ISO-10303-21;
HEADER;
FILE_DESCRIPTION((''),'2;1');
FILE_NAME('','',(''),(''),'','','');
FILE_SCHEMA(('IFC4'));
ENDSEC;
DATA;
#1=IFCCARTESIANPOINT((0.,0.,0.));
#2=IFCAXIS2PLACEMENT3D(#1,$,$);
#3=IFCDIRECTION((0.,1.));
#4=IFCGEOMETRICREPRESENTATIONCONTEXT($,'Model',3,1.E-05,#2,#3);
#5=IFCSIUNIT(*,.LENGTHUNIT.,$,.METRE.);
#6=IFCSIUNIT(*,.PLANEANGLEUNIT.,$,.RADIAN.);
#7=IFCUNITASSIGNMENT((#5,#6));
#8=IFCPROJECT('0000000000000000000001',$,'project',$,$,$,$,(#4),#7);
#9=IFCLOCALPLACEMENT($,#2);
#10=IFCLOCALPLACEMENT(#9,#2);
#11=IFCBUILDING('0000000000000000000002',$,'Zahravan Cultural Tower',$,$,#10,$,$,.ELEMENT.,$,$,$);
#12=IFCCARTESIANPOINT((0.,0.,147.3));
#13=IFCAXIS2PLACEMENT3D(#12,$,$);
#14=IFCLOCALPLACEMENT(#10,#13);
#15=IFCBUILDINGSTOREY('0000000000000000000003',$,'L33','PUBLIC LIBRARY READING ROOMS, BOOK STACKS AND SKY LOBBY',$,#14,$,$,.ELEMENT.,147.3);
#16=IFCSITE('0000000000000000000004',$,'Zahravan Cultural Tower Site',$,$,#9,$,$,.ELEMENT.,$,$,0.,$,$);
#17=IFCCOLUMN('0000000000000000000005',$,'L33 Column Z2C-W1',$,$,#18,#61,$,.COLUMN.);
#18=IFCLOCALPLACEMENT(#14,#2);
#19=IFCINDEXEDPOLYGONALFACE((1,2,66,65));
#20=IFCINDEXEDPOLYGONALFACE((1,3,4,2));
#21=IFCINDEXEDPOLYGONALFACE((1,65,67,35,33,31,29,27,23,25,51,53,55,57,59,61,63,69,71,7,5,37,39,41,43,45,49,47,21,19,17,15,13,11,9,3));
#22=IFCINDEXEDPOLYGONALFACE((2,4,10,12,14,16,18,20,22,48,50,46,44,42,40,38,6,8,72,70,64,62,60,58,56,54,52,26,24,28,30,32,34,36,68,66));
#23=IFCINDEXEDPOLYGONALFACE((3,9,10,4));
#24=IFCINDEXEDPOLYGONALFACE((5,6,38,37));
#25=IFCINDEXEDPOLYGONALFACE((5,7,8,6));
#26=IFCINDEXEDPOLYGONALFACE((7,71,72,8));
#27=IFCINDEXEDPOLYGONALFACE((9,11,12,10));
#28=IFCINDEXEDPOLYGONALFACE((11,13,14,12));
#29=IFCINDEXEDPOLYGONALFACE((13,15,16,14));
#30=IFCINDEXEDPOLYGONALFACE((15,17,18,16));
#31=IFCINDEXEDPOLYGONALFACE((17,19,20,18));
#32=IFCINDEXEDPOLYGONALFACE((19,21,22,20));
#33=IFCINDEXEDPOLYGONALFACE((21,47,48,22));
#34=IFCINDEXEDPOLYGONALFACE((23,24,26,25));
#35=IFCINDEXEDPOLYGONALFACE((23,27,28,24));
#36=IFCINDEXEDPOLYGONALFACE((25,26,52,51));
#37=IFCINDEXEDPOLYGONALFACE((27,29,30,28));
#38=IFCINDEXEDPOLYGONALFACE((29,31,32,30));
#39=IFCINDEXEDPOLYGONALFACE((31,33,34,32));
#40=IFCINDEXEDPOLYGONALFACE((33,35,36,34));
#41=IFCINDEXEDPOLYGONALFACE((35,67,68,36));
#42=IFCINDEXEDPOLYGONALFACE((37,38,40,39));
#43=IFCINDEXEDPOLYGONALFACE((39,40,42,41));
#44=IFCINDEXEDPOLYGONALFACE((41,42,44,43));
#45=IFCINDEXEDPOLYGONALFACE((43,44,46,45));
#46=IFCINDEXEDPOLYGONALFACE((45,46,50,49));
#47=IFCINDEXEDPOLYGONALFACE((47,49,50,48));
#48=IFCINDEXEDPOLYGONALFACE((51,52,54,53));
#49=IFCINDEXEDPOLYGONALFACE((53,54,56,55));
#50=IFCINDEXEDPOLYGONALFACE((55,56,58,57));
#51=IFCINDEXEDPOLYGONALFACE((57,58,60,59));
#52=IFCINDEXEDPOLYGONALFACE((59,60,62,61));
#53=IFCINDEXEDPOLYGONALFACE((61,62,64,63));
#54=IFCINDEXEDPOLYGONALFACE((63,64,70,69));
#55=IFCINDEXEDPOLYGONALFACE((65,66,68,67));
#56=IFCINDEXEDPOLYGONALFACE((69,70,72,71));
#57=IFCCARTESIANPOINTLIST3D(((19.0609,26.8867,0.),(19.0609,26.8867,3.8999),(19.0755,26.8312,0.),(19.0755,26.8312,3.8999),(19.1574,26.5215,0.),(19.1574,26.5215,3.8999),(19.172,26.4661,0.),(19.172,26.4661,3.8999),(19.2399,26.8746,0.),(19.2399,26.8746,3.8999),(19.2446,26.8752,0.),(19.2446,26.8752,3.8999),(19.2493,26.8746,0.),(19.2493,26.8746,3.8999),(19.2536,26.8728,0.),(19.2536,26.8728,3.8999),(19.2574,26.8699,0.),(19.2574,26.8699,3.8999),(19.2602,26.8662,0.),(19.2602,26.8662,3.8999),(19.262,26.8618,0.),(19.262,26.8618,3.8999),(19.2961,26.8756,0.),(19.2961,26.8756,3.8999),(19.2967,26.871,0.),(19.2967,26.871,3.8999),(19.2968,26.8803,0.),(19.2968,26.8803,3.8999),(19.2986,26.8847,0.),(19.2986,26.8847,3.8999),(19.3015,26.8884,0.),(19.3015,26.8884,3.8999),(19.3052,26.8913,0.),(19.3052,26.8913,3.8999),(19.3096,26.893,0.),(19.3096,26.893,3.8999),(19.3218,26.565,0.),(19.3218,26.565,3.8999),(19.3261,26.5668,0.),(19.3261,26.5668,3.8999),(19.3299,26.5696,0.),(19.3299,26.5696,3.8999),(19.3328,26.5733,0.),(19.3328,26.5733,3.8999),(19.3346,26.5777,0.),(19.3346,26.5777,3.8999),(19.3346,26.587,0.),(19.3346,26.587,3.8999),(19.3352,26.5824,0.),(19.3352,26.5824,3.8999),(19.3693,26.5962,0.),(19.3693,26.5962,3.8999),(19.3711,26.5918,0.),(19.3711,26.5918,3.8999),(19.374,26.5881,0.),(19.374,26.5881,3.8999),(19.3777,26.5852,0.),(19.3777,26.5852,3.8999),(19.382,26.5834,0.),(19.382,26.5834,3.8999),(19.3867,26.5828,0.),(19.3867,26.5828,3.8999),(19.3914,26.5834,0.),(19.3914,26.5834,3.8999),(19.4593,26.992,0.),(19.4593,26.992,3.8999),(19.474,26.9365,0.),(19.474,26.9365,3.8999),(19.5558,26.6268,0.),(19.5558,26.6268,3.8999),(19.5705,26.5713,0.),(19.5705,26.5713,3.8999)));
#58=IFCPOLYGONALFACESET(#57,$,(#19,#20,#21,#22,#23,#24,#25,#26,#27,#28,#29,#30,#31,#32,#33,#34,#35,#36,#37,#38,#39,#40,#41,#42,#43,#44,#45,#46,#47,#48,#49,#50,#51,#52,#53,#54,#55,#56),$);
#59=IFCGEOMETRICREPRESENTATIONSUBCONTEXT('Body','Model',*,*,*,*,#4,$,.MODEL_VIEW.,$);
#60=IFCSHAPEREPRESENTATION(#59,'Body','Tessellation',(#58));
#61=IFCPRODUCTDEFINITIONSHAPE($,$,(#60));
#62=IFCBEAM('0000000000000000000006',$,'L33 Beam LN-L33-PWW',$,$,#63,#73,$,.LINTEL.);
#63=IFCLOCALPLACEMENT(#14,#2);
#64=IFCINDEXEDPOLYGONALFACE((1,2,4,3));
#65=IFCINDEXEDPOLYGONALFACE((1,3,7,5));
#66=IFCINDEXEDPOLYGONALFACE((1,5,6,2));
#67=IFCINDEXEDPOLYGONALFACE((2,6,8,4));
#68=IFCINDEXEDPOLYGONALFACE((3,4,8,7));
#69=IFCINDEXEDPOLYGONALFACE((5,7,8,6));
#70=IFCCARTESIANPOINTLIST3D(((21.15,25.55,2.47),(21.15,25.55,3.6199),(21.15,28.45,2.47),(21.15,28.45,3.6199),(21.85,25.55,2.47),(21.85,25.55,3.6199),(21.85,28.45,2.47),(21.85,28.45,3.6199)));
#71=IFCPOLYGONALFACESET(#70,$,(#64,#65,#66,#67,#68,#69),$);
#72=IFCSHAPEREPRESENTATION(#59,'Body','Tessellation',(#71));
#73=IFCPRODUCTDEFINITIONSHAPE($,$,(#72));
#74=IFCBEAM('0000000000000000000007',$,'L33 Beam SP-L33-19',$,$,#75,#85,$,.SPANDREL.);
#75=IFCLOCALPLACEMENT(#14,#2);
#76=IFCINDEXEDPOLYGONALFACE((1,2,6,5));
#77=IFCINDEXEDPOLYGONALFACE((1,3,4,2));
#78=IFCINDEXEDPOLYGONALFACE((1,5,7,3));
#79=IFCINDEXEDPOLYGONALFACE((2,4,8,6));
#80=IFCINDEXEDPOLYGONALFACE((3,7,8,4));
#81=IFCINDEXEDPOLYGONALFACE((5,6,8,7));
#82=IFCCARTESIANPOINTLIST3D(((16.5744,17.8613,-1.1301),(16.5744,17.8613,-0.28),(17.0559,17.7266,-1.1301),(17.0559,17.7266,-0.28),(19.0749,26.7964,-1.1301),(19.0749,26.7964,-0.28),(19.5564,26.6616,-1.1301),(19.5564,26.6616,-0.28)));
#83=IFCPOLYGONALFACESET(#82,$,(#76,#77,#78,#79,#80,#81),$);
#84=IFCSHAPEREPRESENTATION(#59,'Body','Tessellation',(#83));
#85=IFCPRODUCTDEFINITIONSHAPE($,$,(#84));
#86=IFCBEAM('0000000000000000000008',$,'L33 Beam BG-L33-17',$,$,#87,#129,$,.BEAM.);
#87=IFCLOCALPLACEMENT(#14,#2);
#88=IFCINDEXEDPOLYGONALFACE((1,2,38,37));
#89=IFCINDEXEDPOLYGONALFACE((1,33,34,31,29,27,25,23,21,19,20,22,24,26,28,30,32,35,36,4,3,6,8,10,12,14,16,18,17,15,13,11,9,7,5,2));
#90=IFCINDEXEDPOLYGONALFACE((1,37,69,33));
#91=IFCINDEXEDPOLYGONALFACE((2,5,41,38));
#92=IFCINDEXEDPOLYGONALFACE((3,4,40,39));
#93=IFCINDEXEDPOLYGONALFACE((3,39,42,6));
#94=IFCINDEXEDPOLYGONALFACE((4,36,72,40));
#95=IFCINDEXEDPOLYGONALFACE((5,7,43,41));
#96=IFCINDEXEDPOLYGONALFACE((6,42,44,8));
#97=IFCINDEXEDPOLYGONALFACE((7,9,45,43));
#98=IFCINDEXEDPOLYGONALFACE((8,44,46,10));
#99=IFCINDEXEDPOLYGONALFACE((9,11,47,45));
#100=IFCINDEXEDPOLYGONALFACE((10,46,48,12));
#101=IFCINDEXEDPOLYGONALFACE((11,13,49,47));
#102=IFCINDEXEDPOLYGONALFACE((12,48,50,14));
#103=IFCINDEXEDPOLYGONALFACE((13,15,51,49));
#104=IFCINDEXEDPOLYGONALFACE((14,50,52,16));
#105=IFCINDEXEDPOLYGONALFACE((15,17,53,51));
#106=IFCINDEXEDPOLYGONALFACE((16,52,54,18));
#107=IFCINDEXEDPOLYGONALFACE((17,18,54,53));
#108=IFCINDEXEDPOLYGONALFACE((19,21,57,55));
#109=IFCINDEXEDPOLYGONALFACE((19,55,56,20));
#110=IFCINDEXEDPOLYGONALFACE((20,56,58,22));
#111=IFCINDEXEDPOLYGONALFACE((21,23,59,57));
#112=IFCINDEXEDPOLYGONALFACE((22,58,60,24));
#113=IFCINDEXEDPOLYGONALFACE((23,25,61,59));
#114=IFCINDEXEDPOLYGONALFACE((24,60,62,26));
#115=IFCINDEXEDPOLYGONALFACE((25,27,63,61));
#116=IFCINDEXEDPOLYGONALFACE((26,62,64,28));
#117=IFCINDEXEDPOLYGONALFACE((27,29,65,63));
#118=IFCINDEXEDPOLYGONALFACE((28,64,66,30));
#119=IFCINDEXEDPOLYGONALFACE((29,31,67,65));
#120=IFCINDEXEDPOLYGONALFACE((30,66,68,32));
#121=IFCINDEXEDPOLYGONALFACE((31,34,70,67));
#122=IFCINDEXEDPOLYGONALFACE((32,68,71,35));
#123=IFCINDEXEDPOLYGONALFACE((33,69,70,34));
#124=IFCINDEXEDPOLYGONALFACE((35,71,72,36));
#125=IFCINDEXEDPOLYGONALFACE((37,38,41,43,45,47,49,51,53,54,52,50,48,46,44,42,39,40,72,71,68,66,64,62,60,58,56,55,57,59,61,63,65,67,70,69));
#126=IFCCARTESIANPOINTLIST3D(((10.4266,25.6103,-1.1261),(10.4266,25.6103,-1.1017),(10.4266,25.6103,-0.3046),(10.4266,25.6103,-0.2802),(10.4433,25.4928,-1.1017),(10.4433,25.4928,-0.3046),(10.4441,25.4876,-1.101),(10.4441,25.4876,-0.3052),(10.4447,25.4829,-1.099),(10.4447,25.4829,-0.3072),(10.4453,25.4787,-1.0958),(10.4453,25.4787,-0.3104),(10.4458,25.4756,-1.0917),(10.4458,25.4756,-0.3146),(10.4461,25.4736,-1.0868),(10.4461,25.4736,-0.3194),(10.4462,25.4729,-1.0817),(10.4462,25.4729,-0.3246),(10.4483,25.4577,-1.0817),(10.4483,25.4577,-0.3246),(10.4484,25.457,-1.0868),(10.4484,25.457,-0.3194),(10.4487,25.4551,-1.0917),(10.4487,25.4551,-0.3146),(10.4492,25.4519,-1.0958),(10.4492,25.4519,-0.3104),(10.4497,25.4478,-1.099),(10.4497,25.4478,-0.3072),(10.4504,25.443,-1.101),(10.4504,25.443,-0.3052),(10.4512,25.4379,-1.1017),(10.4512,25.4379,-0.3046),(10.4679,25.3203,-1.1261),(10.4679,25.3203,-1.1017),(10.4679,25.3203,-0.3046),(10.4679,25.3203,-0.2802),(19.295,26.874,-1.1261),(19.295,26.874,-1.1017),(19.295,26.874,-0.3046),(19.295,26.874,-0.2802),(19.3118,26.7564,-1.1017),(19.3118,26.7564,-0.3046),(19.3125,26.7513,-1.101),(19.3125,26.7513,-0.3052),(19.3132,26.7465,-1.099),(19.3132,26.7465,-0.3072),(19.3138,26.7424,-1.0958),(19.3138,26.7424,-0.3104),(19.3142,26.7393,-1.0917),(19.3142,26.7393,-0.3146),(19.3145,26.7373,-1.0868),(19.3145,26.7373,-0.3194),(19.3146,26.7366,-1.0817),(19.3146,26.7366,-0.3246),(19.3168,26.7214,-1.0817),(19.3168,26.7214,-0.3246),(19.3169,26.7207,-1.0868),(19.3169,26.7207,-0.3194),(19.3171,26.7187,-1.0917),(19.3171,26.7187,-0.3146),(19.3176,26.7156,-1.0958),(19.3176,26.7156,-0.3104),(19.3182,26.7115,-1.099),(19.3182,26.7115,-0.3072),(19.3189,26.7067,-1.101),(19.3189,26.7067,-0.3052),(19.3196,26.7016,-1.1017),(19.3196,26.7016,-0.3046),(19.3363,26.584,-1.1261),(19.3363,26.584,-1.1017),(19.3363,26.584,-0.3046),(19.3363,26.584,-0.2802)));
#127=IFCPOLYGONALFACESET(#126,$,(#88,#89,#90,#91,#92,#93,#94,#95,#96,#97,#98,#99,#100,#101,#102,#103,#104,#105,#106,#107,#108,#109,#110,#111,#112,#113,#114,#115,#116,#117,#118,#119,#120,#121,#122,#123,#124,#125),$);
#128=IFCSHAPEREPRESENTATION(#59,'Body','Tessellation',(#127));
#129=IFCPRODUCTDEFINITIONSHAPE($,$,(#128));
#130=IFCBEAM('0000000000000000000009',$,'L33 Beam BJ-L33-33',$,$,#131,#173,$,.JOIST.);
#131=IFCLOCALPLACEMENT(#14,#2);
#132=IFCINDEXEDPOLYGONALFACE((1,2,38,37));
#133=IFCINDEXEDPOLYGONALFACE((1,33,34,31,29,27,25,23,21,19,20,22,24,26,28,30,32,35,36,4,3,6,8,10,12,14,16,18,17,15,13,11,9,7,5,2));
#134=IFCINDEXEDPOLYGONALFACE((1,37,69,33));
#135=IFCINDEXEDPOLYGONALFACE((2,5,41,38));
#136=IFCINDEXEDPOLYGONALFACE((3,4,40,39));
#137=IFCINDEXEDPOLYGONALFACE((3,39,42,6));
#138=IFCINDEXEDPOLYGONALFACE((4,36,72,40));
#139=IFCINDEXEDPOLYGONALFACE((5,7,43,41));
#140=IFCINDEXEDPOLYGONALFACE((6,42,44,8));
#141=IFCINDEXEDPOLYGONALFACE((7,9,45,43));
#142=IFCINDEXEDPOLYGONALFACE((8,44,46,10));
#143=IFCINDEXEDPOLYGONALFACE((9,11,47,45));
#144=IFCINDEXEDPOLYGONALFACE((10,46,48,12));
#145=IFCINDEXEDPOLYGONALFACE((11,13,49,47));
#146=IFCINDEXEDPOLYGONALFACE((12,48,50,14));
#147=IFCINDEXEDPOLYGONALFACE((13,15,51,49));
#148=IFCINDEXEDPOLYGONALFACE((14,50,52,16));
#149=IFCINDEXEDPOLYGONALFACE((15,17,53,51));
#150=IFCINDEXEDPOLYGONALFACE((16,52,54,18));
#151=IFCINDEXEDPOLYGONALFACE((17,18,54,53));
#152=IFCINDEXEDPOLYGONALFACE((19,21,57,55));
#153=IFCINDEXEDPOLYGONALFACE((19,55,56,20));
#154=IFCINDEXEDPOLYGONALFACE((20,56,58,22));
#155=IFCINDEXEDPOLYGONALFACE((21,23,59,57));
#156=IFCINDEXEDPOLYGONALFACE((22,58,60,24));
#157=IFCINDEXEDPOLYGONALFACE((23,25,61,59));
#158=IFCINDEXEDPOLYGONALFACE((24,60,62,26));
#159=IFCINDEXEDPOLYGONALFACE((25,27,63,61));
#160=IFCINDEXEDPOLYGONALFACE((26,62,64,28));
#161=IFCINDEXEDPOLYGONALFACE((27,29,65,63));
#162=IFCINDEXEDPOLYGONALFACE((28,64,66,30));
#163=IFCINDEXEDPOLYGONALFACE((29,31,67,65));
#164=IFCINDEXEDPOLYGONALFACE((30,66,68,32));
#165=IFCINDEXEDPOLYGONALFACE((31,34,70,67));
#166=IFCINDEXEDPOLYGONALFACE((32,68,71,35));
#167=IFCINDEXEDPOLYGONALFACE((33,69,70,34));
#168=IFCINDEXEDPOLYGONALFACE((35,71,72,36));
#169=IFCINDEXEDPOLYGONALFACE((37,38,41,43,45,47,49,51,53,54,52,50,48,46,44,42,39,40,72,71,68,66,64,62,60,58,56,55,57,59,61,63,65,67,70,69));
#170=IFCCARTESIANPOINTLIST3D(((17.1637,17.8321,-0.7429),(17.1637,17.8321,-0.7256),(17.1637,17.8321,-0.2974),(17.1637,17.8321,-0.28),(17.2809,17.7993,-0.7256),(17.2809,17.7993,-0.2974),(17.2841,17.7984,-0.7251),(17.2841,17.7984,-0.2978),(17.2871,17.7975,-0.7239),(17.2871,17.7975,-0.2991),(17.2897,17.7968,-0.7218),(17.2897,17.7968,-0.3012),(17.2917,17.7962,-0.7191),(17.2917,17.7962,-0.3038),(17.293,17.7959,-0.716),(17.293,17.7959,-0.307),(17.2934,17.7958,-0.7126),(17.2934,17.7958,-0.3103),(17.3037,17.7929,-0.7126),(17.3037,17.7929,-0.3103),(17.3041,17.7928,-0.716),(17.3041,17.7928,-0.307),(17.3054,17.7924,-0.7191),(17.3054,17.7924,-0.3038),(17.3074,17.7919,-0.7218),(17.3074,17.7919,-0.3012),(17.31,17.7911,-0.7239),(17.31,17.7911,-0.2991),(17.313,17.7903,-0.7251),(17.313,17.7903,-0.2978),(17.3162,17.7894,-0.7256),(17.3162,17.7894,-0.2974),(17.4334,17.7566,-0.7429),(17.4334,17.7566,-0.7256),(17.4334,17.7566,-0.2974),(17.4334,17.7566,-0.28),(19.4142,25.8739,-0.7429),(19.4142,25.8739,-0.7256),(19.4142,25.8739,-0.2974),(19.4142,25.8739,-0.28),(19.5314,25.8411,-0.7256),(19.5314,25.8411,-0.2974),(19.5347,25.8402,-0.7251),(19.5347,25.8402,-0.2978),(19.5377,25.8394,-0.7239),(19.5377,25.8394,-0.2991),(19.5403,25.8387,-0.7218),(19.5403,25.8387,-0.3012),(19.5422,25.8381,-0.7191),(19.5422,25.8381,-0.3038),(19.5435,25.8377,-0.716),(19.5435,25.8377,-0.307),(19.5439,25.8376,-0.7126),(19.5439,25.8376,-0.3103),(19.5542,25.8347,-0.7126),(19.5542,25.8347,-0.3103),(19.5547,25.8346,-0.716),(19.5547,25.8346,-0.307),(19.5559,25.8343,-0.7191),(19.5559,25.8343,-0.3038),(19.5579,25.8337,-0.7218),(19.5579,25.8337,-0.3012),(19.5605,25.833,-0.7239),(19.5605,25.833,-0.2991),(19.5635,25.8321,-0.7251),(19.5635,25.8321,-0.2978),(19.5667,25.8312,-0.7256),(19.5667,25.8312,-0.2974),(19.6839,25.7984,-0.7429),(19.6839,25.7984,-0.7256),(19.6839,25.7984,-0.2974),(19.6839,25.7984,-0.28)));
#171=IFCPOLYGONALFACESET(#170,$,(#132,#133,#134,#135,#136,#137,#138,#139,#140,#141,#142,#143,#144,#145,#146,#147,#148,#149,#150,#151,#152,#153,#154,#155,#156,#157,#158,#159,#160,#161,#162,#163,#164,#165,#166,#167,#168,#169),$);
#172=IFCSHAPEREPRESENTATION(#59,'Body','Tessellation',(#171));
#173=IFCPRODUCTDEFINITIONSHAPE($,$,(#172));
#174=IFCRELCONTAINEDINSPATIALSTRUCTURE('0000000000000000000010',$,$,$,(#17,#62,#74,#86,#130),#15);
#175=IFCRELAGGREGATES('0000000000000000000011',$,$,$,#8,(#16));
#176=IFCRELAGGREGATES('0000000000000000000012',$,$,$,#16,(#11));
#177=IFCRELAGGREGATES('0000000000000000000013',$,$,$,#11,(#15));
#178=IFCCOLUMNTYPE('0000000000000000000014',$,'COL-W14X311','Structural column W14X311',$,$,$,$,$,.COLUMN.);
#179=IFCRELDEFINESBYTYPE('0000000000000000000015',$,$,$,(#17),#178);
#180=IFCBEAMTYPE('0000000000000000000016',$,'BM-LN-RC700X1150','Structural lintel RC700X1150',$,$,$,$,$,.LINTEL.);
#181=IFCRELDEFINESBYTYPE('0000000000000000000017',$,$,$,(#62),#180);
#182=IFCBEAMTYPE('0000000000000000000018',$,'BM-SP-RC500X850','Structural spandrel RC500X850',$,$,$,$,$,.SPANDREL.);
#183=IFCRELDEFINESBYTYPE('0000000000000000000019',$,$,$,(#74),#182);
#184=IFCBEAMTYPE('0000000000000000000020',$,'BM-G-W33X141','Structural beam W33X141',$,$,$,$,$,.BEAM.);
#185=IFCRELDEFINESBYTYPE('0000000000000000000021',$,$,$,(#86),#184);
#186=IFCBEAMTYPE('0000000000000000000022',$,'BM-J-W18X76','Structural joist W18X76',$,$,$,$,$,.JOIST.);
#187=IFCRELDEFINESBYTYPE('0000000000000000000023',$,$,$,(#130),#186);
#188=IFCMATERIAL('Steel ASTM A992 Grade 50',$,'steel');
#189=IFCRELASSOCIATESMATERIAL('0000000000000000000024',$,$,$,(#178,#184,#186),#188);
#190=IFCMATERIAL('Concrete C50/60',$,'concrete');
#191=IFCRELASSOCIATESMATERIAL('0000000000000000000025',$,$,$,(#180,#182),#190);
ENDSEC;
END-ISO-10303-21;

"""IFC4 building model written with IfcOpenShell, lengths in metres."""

from ifc_helpers import new_model, si_unit, direction, frame, origin, origin_2d, place, context, subcontext, project, spatial, rectangle, i_section, extrude, source, transform, mapped, material, material_profile, profile_set, type_object, element, save


model = new_model("IFC4")

# Units and contexts
model_context = context("Model", 3, precision=1e-05, world=origin(), true_north=direction((0.0, 1.0)))
body_context = subcontext(model_context, "Body", "Model", "MODEL_VIEW")
ifc_project = project(units=[si_unit("LENGTHUNIT", "METRE"), si_unit("PLANEANGLEUNIT", "RADIAN")], contexts=[model_context])

# Site, building, storey
site_placement = place(None, origin())
site = spatial("IfcSite", under=ifc_project, at=site_placement, Name="Zahravan Cultural Tower Site", CompositionType="ELEMENT", RefElevation=0.0)
building_placement = place(site_placement, origin())
building = spatial("IfcBuilding", under=site, at=building_placement, Name="Zahravan Cultural Tower", CompositionType="ELEMENT")
storey_placement = place(building_placement, frame((0.0, 0.0, 147.3)))
storey = spatial("IfcBuildingStorey", under=building, at=storey_placement, Name="L33", Description="PUBLIC LIBRARY READING ROOMS, BOOK STACKS AND SKY LOBBY", CompositionType="ELEMENT", Elevation=147.3)

# Column
ifc_material_1 = material(Name="Steel ASTM A992 Grade 50", Category="steel")
ifc_material_profile_1 = material_profile(ifc_material_1, i_section(OverallWidth=0.4121, OverallDepth=0.4351, WebThickness=0.0359, FlangeThickness=0.0574, FilletRadius=0.0181, at=origin_2d()), Name="W14X311")
ifc_profile_set_1 = profile_set([ifc_material_profile_1], Name="Steel ASTM A992 Grade 50")
column_type = type_object("IfcColumnType", Name="COL-W14X311", Description="Structural column W14X311", PredefinedType="COLUMN", material=ifc_profile_set_1)
shared_shape_1 = source(origin(), body_context, "Body", "SweptSolid", [
    extrude(i_section(OverallWidth=0.4121, OverallDepth=0.4351, WebThickness=0.0359, FlangeThickness=0.0574, FilletRadius=0.0181, at=origin_2d()), origin(), (0.0, 0.0, 1.0), 3.8999),
])
column_placement = place(storey_placement, frame((19.3157, 26.729, 0.0), z_axis=(0.0, 0.0, 1.0), x_axis=(0.966823, 0.255446, 0.0)))
element("IfcColumn", 1, at=column_placement, inside=storey, type_object=column_type, Name="L33 Column Z2C-W1", PredefinedType="COLUMN", context=body_context, shape_type="MappedRepresentation", body=[
    mapped(shared_shape_1, transform((0.0, 0.0, 0.0), x_axis=(1.0, 0.0, 0.0), y_axis=(0.0, 1.0, 0.0), z_axis=(0.0, 0.0, 1.0), scale=1.0)),
])

# Beams
ifc_material_2 = material(Name="Concrete C50/60", Category="concrete")
ifc_material_profile_2 = material_profile(ifc_material_2, rectangle(XDim=0.7, YDim=1.1499, at=origin_2d()), Name="RC700X1150")
ifc_profile_set_2 = profile_set([ifc_material_profile_2], Name="Concrete C50/60")
beam_type_1 = type_object("IfcBeamType", Name="BM-LN-RC700X1150", Description="Structural lintel RC700X1150", PredefinedType="LINTEL", material=ifc_profile_set_2)
shared_shape_2 = source(origin(), body_context, "Body", "SweptSolid", [
    extrude(rectangle(XDim=0.7, YDim=1.1499, at=origin_2d()), origin(), (0.0, 0.0, 1.0), 2.8999),
])
beam_1_placement = place(storey_placement, frame((21.5, 25.55, 3.0449), z_axis=(0.0, 1.0, 0.0), x_axis=(-1.0, 0.0, 0.0)))
element("IfcBeam", 2, at=beam_1_placement, inside=storey, type_object=beam_type_1, Name="L33 Beam LN-L33-PWW", PredefinedType="LINTEL", context=body_context, shape_type="MappedRepresentation", body=[
    mapped(shared_shape_2, transform((0.0, 0.0, 0.0), x_axis=(1.0, 0.0, 0.0), y_axis=(0.0, 1.0, 0.0), z_axis=(0.0, 0.0, 1.0), scale=1.0)),
])
ifc_material_profile_3 = material_profile(ifc_material_2, rectangle(XDim=0.5, YDim=0.8501, at=origin_2d()), Name="RC500X850")
ifc_profile_set_3 = profile_set([ifc_material_profile_3], Name="Concrete C50/60")
beam_type_2 = type_object("IfcBeamType", Name="BM-SP-RC500X850", Description="Structural spandrel RC500X850", PredefinedType="SPANDREL", material=ifc_profile_set_3)
shared_shape_3 = source(origin(), body_context, "Body", "SweptSolid", [
    extrude(rectangle(XDim=0.5, YDim=0.8501, at=origin_2d()), origin(), (0.0, 0.0, 1.0), 9.2783),
])
beam_2_placement = place(storey_placement, frame((19.3157, 26.729, -0.7051), z_axis=(-0.269497, -0.963001, 0.0), x_axis=(0.963001, -0.269497, 0.0)))
element("IfcBeam", 3, at=beam_2_placement, inside=storey, type_object=beam_type_2, Name="L33 Beam SP-L33-19", PredefinedType="SPANDREL", context=body_context, shape_type="MappedRepresentation", body=[
    mapped(shared_shape_3, transform((0.0, 0.0, 0.0), x_axis=(1.0, 0.0, 0.0), y_axis=(0.0, 1.0, 0.0), z_axis=(0.0, 0.0, 1.0), scale=1.0)),
])
ifc_material_profile_4 = material_profile(ifc_material_1, i_section(OverallWidth=0.293, OverallDepth=0.8459, WebThickness=0.0154, FlangeThickness=0.0244, FilletRadius=0.02, at=origin_2d()), Name="W33X141")
ifc_profile_set_4 = profile_set([ifc_material_profile_4], Name="Steel ASTM A992 Grade 50")
beam_type_3 = type_object("IfcBeamType", Name="BM-G-W33X141", Description="Structural beam W33X141", PredefinedType="BEAM", material=ifc_profile_set_4)
shared_shape_4 = source(origin(), body_context, "Body", "SweptSolid", [
    extrude(i_section(OverallWidth=0.293, OverallDepth=0.8459, WebThickness=0.0154, FlangeThickness=0.0244, FilletRadius=0.02, at=origin_2d()), origin(), (0.0, 0.0, 1.0), 8.958),
])
beam_3_placement = place(storey_placement, frame((19.3157, 26.729, -0.7031), z_axis=(-0.99, -0.141067, 0.0), x_axis=(0.141067, -0.99, 0.0)))
element("IfcBeam", 4, at=beam_3_placement, inside=storey, type_object=beam_type_3, Name="L33 Beam BG-L33-17", PredefinedType="BEAM", context=body_context, shape_type="MappedRepresentation", body=[
    mapped(shared_shape_4, transform((0.0, 0.0, 0.0), x_axis=(1.0, 0.0, 0.0), y_axis=(0.0, 1.0, 0.0), z_axis=(0.0, 0.0, 1.0), scale=1.0)),
])
ifc_material_profile_5 = material_profile(ifc_material_1, i_section(OverallWidth=0.28, OverallDepth=0.4629, WebThickness=0.0107, FlangeThickness=0.0173, FilletRadius=0.0129, at=origin_2d()), Name="W18X76")
ifc_profile_set_5 = profile_set([ifc_material_profile_5], Name="Steel ASTM A992 Grade 50")
beam_type_4 = type_object("IfcBeamType", Name="BM-J-W18X76", Description="Structural joist W18X76", PredefinedType="JOIST", material=ifc_profile_set_5)
shared_shape_5 = source(origin(), body_context, "Body", "SweptSolid", [
    extrude(i_section(OverallWidth=0.28, OverallDepth=0.4629, WebThickness=0.0107, FlangeThickness=0.0173, FilletRadius=0.0129, at=origin_2d()), origin(), (0.0, 0.0, 1.0), 8.3508),
])
beam_4_placement = place(storey_placement, frame((19.5491, 25.8362, -0.5115), z_axis=(-0.269497, -0.963001, 0.0), x_axis=(0.963001, -0.269497, 0.0)))
element("IfcBeam", 5, at=beam_4_placement, inside=storey, type_object=beam_type_4, Name="L33 Beam BJ-L33-33", PredefinedType="JOIST", context=body_context, shape_type="MappedRepresentation", body=[
    mapped(shared_shape_5, transform((0.0, 0.0, 0.0), x_axis=(1.0, 0.0, 0.0), y_axis=(0.0, 1.0, 0.0), z_axis=(0.0, 0.0, 1.0), scale=1.0)),
])

save(model, "model.ifc")
